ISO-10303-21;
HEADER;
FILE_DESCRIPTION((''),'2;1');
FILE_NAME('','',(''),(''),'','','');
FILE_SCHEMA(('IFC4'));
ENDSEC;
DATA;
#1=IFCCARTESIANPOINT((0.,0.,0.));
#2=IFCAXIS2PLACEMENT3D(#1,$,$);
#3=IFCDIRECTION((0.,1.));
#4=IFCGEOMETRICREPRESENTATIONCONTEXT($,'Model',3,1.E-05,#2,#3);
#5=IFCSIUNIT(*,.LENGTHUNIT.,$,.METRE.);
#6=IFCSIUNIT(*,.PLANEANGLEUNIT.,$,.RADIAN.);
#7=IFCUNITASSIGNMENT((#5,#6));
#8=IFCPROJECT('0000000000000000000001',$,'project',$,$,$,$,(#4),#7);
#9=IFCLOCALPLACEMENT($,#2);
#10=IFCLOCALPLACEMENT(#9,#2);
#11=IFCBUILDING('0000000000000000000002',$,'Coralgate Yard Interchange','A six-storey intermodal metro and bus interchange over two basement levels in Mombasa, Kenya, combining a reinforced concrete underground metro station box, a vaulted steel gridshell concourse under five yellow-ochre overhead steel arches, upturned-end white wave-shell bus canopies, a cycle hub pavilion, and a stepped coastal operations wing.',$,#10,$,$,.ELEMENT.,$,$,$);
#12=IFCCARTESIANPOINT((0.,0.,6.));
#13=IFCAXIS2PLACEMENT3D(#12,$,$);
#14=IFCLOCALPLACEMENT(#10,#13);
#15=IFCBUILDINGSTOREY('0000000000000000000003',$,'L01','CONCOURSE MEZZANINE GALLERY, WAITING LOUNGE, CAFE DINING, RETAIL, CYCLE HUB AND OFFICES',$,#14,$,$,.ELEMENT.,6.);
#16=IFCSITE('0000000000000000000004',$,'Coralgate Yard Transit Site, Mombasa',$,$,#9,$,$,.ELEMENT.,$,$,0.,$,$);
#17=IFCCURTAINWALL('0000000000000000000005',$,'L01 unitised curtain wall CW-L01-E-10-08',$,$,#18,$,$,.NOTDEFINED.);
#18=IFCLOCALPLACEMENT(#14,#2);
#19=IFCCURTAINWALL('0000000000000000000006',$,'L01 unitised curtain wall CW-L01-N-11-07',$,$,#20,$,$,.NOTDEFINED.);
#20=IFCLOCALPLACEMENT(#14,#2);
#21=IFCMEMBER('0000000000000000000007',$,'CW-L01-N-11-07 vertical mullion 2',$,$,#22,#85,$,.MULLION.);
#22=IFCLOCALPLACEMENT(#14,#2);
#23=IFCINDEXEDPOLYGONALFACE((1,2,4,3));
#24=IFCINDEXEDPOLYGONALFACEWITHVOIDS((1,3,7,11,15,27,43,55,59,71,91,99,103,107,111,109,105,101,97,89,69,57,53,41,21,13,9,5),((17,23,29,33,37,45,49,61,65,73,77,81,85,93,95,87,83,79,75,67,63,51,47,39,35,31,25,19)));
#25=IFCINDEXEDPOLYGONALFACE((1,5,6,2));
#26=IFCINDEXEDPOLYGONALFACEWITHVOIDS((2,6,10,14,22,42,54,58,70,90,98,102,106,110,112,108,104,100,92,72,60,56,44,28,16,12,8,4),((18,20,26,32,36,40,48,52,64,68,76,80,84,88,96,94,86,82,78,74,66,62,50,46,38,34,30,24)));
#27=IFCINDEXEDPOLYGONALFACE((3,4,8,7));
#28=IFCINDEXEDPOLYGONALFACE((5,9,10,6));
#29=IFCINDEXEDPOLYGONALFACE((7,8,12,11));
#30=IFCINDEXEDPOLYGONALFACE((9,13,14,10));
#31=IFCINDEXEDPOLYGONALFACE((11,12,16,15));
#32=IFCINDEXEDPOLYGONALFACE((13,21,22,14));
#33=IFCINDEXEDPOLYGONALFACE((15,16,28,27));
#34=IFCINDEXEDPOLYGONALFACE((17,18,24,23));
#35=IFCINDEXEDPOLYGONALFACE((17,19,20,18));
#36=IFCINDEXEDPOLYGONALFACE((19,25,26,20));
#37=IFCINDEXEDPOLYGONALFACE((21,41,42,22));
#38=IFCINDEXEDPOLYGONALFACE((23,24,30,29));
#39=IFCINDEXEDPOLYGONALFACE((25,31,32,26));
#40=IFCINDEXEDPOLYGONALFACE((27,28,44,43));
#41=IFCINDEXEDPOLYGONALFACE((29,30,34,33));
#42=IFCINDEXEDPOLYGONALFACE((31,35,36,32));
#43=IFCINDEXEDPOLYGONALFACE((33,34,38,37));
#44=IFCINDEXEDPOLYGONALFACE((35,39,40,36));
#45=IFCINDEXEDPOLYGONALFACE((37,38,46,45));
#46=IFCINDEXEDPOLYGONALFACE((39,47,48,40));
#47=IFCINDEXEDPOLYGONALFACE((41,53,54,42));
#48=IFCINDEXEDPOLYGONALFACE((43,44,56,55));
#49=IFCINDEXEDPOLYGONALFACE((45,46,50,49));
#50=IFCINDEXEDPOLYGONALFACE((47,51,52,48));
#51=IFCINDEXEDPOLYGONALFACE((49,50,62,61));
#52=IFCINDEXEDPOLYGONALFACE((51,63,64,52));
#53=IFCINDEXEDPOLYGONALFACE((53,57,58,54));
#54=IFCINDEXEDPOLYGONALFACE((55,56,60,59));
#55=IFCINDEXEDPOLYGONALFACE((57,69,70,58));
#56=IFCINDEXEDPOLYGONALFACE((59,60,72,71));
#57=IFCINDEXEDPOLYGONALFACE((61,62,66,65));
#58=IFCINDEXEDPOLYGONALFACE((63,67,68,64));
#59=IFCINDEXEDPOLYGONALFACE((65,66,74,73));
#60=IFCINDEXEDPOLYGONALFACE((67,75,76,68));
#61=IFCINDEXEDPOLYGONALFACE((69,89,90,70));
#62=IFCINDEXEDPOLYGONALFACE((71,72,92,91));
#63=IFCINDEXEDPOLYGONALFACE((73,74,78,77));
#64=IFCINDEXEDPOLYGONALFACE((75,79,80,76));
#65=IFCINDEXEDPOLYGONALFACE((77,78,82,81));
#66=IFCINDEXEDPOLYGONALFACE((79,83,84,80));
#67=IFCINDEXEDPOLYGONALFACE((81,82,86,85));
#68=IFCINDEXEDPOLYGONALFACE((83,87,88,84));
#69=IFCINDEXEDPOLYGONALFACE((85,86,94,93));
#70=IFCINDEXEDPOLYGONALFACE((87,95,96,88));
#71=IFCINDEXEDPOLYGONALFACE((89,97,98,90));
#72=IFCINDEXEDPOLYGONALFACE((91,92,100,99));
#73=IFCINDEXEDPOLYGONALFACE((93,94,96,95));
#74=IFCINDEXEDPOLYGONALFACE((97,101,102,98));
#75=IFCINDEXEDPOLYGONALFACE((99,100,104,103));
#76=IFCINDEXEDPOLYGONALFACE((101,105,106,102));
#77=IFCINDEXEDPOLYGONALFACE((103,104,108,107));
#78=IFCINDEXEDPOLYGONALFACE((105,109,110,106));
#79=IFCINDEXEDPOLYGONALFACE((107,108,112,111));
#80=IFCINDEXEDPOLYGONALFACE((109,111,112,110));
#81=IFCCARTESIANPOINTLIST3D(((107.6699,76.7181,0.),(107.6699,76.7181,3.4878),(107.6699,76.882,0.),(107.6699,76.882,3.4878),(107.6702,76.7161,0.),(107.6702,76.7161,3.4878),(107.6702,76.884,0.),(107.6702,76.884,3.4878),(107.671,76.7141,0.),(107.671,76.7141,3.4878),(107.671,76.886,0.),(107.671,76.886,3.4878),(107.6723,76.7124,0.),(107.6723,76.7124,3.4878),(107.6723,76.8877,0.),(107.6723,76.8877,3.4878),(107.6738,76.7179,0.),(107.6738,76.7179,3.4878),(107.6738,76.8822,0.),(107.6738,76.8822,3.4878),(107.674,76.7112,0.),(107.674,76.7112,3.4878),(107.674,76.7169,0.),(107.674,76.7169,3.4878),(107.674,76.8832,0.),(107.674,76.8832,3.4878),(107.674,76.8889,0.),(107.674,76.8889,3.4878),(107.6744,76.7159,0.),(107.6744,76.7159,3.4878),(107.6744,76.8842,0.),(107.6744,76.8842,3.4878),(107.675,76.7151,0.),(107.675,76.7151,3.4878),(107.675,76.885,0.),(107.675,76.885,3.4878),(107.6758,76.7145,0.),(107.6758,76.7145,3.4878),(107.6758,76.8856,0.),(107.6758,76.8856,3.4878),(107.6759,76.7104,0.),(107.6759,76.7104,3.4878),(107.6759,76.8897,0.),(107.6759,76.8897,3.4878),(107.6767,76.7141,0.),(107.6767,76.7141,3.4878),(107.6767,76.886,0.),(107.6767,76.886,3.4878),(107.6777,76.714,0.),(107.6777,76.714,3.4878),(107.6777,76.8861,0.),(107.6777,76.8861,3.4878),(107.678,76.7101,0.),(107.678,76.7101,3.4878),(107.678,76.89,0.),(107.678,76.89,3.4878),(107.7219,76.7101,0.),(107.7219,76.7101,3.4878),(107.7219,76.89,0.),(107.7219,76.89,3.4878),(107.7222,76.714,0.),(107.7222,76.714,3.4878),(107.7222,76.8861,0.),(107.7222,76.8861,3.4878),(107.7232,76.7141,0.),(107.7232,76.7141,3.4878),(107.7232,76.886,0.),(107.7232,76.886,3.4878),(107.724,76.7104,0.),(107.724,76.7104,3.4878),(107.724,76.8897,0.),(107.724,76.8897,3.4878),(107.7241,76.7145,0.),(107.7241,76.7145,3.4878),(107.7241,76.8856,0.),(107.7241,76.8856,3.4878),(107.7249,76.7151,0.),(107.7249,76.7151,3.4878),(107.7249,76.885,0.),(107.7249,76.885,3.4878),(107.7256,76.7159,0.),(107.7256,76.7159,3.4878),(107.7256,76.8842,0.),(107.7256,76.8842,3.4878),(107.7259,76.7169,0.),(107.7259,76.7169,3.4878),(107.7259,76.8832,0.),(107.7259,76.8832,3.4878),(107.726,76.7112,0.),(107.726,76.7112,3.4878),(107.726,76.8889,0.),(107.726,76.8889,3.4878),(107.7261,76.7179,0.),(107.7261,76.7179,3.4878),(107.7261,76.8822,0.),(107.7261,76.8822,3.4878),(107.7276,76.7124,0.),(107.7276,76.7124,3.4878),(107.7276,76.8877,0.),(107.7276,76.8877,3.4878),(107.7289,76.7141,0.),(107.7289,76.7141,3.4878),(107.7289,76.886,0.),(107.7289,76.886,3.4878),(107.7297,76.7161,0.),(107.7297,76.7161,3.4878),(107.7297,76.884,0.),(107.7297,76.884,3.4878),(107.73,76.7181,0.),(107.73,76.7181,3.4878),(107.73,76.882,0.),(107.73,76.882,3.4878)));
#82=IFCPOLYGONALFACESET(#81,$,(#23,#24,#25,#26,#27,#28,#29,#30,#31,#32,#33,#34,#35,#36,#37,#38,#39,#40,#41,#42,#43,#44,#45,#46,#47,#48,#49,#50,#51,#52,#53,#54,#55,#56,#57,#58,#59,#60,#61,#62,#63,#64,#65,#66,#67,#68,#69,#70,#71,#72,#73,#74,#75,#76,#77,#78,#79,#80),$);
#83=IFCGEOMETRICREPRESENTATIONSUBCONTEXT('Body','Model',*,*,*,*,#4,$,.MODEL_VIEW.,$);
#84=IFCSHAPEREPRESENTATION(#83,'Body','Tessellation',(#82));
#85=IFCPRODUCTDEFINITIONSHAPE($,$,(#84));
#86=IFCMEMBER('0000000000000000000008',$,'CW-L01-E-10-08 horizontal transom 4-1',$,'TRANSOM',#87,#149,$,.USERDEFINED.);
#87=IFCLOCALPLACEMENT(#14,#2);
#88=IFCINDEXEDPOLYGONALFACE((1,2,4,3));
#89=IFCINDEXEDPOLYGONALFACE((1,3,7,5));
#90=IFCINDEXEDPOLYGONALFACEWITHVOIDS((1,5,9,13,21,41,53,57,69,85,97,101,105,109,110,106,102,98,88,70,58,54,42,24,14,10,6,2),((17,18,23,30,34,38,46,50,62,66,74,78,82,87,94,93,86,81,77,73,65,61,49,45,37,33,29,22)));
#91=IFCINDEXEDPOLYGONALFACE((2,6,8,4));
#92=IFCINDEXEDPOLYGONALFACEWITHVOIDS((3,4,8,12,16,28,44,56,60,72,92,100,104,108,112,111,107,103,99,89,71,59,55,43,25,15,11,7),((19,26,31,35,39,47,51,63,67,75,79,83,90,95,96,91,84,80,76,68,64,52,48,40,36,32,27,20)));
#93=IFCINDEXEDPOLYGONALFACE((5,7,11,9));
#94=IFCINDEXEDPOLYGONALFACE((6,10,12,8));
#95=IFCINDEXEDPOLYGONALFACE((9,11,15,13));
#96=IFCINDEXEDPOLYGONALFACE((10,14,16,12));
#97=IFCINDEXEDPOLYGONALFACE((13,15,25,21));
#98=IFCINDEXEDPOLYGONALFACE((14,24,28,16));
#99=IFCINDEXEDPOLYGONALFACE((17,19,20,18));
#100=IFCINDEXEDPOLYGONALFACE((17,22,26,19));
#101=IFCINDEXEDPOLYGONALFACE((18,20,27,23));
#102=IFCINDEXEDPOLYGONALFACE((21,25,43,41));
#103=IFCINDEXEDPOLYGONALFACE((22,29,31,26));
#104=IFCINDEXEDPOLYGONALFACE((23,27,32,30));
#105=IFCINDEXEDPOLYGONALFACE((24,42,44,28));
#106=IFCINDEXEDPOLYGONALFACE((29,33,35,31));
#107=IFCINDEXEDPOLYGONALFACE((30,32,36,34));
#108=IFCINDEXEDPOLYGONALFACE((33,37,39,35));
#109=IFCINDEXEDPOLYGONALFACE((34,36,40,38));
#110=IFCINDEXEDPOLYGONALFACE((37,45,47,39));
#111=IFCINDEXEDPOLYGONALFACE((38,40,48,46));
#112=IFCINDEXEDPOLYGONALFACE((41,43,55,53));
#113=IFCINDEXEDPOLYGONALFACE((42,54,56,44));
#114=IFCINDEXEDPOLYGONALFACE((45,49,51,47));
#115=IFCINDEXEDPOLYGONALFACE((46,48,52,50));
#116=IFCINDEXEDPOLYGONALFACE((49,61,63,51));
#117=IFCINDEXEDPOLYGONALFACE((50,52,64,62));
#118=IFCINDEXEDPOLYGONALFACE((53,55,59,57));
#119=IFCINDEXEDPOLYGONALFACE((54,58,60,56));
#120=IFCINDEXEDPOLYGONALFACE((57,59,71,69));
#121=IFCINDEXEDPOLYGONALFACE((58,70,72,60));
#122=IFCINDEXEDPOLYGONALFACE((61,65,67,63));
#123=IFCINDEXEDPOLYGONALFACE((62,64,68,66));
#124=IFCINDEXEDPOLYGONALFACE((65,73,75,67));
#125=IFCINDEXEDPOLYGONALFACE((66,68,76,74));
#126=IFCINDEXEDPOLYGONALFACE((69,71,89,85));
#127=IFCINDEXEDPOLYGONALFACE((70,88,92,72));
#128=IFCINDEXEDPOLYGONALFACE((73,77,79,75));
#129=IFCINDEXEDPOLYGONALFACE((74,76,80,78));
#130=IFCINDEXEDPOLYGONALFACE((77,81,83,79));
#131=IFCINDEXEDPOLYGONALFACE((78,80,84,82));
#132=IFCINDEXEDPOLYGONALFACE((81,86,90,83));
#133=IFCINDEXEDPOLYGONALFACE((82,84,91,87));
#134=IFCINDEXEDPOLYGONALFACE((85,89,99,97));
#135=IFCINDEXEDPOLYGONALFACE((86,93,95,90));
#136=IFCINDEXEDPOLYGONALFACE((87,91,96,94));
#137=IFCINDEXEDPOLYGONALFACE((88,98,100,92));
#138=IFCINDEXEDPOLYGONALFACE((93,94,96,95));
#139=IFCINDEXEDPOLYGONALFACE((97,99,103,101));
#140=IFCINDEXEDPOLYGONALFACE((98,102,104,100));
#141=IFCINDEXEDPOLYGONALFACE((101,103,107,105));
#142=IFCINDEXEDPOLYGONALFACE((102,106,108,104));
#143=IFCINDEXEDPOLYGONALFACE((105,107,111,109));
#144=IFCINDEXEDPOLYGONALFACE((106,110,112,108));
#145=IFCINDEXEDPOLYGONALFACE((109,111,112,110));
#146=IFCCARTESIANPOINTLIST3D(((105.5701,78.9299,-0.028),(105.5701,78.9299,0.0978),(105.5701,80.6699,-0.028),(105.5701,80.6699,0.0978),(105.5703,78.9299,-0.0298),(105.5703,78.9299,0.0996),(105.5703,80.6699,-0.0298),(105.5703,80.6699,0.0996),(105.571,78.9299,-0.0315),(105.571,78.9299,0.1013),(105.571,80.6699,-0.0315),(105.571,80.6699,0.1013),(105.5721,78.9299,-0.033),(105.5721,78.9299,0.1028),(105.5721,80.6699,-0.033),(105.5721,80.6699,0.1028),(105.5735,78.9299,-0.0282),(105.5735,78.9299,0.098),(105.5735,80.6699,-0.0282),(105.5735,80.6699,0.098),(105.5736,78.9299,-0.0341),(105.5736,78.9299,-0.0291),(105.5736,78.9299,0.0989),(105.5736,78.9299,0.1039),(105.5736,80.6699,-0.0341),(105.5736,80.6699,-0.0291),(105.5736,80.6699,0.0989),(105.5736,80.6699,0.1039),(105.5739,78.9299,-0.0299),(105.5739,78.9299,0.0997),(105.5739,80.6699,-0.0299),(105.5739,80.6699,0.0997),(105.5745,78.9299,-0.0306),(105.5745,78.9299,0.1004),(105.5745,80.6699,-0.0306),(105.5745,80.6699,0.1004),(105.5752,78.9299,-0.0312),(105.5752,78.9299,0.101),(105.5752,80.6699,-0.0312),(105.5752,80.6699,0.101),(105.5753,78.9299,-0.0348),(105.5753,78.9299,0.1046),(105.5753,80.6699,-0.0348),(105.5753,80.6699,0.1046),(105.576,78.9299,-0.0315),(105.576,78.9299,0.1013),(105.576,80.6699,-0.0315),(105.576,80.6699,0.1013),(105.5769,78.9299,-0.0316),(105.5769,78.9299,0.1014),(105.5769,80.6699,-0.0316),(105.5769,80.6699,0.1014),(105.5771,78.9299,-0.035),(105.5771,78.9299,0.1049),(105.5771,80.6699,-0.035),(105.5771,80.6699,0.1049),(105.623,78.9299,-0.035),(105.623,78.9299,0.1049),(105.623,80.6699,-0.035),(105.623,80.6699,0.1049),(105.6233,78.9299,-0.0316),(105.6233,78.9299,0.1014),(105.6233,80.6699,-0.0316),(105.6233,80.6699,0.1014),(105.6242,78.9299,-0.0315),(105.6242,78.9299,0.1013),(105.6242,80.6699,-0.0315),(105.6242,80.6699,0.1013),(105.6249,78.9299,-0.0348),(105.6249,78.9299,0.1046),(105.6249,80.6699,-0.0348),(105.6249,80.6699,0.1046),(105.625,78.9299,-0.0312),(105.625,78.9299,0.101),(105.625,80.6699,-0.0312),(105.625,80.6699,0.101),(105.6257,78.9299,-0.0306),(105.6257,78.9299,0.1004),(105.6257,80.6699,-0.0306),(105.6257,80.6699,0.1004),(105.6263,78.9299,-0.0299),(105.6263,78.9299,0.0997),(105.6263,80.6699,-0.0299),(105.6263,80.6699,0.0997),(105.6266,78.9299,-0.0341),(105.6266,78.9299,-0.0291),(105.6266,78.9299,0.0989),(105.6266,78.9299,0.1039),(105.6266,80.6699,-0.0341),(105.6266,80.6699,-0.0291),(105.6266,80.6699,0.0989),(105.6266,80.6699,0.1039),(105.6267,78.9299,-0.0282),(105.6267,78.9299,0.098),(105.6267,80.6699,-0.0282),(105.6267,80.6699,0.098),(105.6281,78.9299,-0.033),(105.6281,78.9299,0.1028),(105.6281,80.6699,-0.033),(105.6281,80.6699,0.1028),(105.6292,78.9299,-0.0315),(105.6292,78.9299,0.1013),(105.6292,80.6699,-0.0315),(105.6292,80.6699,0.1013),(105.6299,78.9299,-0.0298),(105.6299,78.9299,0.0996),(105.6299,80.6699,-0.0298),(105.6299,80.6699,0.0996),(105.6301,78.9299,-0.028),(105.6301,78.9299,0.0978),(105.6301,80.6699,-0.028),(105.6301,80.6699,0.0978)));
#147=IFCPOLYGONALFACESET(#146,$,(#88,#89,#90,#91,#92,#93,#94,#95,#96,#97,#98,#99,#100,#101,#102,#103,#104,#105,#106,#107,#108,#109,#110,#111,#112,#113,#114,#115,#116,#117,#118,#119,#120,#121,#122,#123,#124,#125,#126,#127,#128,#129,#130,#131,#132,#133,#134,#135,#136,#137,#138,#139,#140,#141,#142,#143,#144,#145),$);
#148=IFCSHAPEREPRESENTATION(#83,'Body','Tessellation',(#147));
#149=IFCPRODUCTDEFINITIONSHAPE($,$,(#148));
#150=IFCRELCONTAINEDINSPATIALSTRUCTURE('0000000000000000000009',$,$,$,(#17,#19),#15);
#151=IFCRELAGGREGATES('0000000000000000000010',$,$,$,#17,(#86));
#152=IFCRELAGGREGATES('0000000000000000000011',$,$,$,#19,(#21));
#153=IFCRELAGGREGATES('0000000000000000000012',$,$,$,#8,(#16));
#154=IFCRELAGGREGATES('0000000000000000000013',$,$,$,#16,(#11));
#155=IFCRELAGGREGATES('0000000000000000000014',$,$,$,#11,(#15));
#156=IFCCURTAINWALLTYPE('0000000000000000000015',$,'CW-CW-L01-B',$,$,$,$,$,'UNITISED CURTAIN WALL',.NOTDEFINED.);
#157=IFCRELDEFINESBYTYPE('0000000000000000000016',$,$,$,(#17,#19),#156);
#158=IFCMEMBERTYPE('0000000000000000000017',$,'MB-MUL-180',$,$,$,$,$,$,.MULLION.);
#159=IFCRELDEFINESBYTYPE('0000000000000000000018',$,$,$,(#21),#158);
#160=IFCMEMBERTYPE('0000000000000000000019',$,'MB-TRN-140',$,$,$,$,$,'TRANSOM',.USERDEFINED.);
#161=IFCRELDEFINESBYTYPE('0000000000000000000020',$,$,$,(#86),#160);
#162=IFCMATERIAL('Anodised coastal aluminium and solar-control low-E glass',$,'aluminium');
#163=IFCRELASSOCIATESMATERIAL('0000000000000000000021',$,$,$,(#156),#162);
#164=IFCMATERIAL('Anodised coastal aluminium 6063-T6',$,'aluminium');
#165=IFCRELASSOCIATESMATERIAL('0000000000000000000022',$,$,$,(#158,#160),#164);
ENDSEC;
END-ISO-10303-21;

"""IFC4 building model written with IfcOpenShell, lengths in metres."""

from ifc_helpers import new_model, si_unit, direction, frame, origin, origin_2d, place, context, subcontext, project, spatial, hollow_rectangle, extrude, material, material_profile, profile_set, type_object, element, aggregate, save


model = new_model("IFC4")

# Units and contexts
model_context = context("Model", 3, precision=1e-05, world=origin(), true_north=direction((0.0, 1.0)))
body_context = subcontext(model_context, "Body", "Model", "MODEL_VIEW")
ifc_project = project(units=[si_unit("LENGTHUNIT", "METRE"), si_unit("PLANEANGLEUNIT", "RADIAN")], contexts=[model_context])

# Site, building, storey
site_placement = place(None, origin())
site = spatial("IfcSite", under=ifc_project, at=site_placement, Name="Coralgate Yard Transit Site, Mombasa", CompositionType="ELEMENT", RefElevation=0.0)
building_placement = place(site_placement, origin())
building = spatial("IfcBuilding", under=site, at=building_placement, Name="Coralgate Yard Interchange", Description="A six-storey intermodal metro and bus interchange over two basement levels in Mombasa, Kenya, combining a reinforced concrete underground metro station box, a vaulted steel gridshell concourse under five yellow-ochre overhead steel arches, upturned-end white wave-shell bus canopies, a cycle hub pavilion, and a stepped coastal operations wing.", CompositionType="ELEMENT")
storey_placement = place(building_placement, frame((0.0, 0.0, 6.0)))
storey = spatial("IfcBuildingStorey", under=building, at=storey_placement, Name="L01", Description="CONCOURSE MEZZANINE GALLERY, WAITING LOUNGE, CAFE DINING, RETAIL, CYCLE HUB AND OFFICES", CompositionType="ELEMENT", Elevation=6.0)

# Curtain walls, member
ifc_material_1 = material(Name="Anodised coastal aluminium and solar-control low-E glass", Category="aluminium")
curtain_wall_type = type_object("IfcCurtainWallType", Name="CW-CW-L01-B", ElementType="UNITISED CURTAIN WALL", PredefinedType="NOTDEFINED", material=ifc_material_1)
curtain_wall_1_placement = place(storey_placement, origin())
curtain_wall_1 = element("IfcCurtainWall", 1, at=curtain_wall_1_placement, inside=storey, type_object=curtain_wall_type, Name="L01 unitised curtain wall CW-L01-E-10-08", PredefinedType="NOTDEFINED")
ifc_material_2 = material(Name="Anodised coastal aluminium 6063-T6", Category="aluminium")
ifc_material_profile_1 = material_profile(ifc_material_2, hollow_rectangle(XDim=0.0601, YDim=0.1799, WallThickness=0.0039, InnerFilletRadius=0.0039, OuterFilletRadius=0.0081, at=origin_2d()), Name="ALU 60x180x4")
ifc_profile_set_1 = profile_set([ifc_material_profile_1], Name="Anodised coastal aluminium 6063-T6")
member_type_1 = type_object("IfcMemberType", Name="MB-MUL-180", PredefinedType="MULLION", material=ifc_profile_set_1)
curtain_wall_2_placement = place(storey_placement, origin())
curtain_wall_2 = element("IfcCurtainWall", 2, at=curtain_wall_2_placement, inside=storey, type_object=curtain_wall_type, Name="L01 unitised curtain wall CW-L01-N-11-07", PredefinedType="NOTDEFINED")
member_1_placement = place(storey_placement, frame((107.7, 76.8, 0.0), z_axis=(0.0, 0.0, 1.0), x_axis=(1.0, 0.0, 0.0)))
member_1 = element("IfcMember", 3, at=member_1_placement, type_object=member_type_1, Name="CW-L01-N-11-07 vertical mullion 2", PredefinedType="MULLION", context=body_context, shape_type="SweptSolid", body=[
    extrude(hollow_rectangle(XDim=0.0601, YDim=0.1799, WallThickness=0.0039, InnerFilletRadius=0.0039, OuterFilletRadius=0.0081, at=origin_2d()), origin(), (0.0, 0.0, 1.0), 3.4878),
])

# Member
ifc_material_profile_2 = material_profile(ifc_material_2, hollow_rectangle(XDim=0.0601, YDim=0.1399, WallThickness=0.0034, InnerFilletRadius=0.0034, OuterFilletRadius=0.0071, at=origin_2d()), Name="ALU 60x140x3.5")
ifc_profile_set_2 = profile_set([ifc_material_profile_2], Name="Anodised coastal aluminium 6063-T6")
member_type_2 = type_object("IfcMemberType", Name="MB-TRN-140", ElementType="TRANSOM", PredefinedType="USERDEFINED", material=ifc_profile_set_2)
member_2_placement = place(storey_placement, frame((105.6001, 80.6699, 0.0349), z_axis=(0.0, -1.0, 0.0), x_axis=(1.0, 0.0, 0.0)))
member_2 = element("IfcMember", 4, at=member_2_placement, type_object=member_type_2, Name="CW-L01-E-10-08 horizontal transom 4-1", ObjectType="TRANSOM", PredefinedType="USERDEFINED", context=body_context, shape_type="SweptSolid", body=[
    extrude(hollow_rectangle(XDim=0.0601, YDim=0.1399, WallThickness=0.0034, InnerFilletRadius=0.0034, OuterFilletRadius=0.0071, at=origin_2d()), origin(), (0.0, 0.0, 1.0), 1.74),
])

aggregate(curtain_wall_1, [member_2])
aggregate(curtain_wall_2, [member_1])

save(model, "model.ifc")
